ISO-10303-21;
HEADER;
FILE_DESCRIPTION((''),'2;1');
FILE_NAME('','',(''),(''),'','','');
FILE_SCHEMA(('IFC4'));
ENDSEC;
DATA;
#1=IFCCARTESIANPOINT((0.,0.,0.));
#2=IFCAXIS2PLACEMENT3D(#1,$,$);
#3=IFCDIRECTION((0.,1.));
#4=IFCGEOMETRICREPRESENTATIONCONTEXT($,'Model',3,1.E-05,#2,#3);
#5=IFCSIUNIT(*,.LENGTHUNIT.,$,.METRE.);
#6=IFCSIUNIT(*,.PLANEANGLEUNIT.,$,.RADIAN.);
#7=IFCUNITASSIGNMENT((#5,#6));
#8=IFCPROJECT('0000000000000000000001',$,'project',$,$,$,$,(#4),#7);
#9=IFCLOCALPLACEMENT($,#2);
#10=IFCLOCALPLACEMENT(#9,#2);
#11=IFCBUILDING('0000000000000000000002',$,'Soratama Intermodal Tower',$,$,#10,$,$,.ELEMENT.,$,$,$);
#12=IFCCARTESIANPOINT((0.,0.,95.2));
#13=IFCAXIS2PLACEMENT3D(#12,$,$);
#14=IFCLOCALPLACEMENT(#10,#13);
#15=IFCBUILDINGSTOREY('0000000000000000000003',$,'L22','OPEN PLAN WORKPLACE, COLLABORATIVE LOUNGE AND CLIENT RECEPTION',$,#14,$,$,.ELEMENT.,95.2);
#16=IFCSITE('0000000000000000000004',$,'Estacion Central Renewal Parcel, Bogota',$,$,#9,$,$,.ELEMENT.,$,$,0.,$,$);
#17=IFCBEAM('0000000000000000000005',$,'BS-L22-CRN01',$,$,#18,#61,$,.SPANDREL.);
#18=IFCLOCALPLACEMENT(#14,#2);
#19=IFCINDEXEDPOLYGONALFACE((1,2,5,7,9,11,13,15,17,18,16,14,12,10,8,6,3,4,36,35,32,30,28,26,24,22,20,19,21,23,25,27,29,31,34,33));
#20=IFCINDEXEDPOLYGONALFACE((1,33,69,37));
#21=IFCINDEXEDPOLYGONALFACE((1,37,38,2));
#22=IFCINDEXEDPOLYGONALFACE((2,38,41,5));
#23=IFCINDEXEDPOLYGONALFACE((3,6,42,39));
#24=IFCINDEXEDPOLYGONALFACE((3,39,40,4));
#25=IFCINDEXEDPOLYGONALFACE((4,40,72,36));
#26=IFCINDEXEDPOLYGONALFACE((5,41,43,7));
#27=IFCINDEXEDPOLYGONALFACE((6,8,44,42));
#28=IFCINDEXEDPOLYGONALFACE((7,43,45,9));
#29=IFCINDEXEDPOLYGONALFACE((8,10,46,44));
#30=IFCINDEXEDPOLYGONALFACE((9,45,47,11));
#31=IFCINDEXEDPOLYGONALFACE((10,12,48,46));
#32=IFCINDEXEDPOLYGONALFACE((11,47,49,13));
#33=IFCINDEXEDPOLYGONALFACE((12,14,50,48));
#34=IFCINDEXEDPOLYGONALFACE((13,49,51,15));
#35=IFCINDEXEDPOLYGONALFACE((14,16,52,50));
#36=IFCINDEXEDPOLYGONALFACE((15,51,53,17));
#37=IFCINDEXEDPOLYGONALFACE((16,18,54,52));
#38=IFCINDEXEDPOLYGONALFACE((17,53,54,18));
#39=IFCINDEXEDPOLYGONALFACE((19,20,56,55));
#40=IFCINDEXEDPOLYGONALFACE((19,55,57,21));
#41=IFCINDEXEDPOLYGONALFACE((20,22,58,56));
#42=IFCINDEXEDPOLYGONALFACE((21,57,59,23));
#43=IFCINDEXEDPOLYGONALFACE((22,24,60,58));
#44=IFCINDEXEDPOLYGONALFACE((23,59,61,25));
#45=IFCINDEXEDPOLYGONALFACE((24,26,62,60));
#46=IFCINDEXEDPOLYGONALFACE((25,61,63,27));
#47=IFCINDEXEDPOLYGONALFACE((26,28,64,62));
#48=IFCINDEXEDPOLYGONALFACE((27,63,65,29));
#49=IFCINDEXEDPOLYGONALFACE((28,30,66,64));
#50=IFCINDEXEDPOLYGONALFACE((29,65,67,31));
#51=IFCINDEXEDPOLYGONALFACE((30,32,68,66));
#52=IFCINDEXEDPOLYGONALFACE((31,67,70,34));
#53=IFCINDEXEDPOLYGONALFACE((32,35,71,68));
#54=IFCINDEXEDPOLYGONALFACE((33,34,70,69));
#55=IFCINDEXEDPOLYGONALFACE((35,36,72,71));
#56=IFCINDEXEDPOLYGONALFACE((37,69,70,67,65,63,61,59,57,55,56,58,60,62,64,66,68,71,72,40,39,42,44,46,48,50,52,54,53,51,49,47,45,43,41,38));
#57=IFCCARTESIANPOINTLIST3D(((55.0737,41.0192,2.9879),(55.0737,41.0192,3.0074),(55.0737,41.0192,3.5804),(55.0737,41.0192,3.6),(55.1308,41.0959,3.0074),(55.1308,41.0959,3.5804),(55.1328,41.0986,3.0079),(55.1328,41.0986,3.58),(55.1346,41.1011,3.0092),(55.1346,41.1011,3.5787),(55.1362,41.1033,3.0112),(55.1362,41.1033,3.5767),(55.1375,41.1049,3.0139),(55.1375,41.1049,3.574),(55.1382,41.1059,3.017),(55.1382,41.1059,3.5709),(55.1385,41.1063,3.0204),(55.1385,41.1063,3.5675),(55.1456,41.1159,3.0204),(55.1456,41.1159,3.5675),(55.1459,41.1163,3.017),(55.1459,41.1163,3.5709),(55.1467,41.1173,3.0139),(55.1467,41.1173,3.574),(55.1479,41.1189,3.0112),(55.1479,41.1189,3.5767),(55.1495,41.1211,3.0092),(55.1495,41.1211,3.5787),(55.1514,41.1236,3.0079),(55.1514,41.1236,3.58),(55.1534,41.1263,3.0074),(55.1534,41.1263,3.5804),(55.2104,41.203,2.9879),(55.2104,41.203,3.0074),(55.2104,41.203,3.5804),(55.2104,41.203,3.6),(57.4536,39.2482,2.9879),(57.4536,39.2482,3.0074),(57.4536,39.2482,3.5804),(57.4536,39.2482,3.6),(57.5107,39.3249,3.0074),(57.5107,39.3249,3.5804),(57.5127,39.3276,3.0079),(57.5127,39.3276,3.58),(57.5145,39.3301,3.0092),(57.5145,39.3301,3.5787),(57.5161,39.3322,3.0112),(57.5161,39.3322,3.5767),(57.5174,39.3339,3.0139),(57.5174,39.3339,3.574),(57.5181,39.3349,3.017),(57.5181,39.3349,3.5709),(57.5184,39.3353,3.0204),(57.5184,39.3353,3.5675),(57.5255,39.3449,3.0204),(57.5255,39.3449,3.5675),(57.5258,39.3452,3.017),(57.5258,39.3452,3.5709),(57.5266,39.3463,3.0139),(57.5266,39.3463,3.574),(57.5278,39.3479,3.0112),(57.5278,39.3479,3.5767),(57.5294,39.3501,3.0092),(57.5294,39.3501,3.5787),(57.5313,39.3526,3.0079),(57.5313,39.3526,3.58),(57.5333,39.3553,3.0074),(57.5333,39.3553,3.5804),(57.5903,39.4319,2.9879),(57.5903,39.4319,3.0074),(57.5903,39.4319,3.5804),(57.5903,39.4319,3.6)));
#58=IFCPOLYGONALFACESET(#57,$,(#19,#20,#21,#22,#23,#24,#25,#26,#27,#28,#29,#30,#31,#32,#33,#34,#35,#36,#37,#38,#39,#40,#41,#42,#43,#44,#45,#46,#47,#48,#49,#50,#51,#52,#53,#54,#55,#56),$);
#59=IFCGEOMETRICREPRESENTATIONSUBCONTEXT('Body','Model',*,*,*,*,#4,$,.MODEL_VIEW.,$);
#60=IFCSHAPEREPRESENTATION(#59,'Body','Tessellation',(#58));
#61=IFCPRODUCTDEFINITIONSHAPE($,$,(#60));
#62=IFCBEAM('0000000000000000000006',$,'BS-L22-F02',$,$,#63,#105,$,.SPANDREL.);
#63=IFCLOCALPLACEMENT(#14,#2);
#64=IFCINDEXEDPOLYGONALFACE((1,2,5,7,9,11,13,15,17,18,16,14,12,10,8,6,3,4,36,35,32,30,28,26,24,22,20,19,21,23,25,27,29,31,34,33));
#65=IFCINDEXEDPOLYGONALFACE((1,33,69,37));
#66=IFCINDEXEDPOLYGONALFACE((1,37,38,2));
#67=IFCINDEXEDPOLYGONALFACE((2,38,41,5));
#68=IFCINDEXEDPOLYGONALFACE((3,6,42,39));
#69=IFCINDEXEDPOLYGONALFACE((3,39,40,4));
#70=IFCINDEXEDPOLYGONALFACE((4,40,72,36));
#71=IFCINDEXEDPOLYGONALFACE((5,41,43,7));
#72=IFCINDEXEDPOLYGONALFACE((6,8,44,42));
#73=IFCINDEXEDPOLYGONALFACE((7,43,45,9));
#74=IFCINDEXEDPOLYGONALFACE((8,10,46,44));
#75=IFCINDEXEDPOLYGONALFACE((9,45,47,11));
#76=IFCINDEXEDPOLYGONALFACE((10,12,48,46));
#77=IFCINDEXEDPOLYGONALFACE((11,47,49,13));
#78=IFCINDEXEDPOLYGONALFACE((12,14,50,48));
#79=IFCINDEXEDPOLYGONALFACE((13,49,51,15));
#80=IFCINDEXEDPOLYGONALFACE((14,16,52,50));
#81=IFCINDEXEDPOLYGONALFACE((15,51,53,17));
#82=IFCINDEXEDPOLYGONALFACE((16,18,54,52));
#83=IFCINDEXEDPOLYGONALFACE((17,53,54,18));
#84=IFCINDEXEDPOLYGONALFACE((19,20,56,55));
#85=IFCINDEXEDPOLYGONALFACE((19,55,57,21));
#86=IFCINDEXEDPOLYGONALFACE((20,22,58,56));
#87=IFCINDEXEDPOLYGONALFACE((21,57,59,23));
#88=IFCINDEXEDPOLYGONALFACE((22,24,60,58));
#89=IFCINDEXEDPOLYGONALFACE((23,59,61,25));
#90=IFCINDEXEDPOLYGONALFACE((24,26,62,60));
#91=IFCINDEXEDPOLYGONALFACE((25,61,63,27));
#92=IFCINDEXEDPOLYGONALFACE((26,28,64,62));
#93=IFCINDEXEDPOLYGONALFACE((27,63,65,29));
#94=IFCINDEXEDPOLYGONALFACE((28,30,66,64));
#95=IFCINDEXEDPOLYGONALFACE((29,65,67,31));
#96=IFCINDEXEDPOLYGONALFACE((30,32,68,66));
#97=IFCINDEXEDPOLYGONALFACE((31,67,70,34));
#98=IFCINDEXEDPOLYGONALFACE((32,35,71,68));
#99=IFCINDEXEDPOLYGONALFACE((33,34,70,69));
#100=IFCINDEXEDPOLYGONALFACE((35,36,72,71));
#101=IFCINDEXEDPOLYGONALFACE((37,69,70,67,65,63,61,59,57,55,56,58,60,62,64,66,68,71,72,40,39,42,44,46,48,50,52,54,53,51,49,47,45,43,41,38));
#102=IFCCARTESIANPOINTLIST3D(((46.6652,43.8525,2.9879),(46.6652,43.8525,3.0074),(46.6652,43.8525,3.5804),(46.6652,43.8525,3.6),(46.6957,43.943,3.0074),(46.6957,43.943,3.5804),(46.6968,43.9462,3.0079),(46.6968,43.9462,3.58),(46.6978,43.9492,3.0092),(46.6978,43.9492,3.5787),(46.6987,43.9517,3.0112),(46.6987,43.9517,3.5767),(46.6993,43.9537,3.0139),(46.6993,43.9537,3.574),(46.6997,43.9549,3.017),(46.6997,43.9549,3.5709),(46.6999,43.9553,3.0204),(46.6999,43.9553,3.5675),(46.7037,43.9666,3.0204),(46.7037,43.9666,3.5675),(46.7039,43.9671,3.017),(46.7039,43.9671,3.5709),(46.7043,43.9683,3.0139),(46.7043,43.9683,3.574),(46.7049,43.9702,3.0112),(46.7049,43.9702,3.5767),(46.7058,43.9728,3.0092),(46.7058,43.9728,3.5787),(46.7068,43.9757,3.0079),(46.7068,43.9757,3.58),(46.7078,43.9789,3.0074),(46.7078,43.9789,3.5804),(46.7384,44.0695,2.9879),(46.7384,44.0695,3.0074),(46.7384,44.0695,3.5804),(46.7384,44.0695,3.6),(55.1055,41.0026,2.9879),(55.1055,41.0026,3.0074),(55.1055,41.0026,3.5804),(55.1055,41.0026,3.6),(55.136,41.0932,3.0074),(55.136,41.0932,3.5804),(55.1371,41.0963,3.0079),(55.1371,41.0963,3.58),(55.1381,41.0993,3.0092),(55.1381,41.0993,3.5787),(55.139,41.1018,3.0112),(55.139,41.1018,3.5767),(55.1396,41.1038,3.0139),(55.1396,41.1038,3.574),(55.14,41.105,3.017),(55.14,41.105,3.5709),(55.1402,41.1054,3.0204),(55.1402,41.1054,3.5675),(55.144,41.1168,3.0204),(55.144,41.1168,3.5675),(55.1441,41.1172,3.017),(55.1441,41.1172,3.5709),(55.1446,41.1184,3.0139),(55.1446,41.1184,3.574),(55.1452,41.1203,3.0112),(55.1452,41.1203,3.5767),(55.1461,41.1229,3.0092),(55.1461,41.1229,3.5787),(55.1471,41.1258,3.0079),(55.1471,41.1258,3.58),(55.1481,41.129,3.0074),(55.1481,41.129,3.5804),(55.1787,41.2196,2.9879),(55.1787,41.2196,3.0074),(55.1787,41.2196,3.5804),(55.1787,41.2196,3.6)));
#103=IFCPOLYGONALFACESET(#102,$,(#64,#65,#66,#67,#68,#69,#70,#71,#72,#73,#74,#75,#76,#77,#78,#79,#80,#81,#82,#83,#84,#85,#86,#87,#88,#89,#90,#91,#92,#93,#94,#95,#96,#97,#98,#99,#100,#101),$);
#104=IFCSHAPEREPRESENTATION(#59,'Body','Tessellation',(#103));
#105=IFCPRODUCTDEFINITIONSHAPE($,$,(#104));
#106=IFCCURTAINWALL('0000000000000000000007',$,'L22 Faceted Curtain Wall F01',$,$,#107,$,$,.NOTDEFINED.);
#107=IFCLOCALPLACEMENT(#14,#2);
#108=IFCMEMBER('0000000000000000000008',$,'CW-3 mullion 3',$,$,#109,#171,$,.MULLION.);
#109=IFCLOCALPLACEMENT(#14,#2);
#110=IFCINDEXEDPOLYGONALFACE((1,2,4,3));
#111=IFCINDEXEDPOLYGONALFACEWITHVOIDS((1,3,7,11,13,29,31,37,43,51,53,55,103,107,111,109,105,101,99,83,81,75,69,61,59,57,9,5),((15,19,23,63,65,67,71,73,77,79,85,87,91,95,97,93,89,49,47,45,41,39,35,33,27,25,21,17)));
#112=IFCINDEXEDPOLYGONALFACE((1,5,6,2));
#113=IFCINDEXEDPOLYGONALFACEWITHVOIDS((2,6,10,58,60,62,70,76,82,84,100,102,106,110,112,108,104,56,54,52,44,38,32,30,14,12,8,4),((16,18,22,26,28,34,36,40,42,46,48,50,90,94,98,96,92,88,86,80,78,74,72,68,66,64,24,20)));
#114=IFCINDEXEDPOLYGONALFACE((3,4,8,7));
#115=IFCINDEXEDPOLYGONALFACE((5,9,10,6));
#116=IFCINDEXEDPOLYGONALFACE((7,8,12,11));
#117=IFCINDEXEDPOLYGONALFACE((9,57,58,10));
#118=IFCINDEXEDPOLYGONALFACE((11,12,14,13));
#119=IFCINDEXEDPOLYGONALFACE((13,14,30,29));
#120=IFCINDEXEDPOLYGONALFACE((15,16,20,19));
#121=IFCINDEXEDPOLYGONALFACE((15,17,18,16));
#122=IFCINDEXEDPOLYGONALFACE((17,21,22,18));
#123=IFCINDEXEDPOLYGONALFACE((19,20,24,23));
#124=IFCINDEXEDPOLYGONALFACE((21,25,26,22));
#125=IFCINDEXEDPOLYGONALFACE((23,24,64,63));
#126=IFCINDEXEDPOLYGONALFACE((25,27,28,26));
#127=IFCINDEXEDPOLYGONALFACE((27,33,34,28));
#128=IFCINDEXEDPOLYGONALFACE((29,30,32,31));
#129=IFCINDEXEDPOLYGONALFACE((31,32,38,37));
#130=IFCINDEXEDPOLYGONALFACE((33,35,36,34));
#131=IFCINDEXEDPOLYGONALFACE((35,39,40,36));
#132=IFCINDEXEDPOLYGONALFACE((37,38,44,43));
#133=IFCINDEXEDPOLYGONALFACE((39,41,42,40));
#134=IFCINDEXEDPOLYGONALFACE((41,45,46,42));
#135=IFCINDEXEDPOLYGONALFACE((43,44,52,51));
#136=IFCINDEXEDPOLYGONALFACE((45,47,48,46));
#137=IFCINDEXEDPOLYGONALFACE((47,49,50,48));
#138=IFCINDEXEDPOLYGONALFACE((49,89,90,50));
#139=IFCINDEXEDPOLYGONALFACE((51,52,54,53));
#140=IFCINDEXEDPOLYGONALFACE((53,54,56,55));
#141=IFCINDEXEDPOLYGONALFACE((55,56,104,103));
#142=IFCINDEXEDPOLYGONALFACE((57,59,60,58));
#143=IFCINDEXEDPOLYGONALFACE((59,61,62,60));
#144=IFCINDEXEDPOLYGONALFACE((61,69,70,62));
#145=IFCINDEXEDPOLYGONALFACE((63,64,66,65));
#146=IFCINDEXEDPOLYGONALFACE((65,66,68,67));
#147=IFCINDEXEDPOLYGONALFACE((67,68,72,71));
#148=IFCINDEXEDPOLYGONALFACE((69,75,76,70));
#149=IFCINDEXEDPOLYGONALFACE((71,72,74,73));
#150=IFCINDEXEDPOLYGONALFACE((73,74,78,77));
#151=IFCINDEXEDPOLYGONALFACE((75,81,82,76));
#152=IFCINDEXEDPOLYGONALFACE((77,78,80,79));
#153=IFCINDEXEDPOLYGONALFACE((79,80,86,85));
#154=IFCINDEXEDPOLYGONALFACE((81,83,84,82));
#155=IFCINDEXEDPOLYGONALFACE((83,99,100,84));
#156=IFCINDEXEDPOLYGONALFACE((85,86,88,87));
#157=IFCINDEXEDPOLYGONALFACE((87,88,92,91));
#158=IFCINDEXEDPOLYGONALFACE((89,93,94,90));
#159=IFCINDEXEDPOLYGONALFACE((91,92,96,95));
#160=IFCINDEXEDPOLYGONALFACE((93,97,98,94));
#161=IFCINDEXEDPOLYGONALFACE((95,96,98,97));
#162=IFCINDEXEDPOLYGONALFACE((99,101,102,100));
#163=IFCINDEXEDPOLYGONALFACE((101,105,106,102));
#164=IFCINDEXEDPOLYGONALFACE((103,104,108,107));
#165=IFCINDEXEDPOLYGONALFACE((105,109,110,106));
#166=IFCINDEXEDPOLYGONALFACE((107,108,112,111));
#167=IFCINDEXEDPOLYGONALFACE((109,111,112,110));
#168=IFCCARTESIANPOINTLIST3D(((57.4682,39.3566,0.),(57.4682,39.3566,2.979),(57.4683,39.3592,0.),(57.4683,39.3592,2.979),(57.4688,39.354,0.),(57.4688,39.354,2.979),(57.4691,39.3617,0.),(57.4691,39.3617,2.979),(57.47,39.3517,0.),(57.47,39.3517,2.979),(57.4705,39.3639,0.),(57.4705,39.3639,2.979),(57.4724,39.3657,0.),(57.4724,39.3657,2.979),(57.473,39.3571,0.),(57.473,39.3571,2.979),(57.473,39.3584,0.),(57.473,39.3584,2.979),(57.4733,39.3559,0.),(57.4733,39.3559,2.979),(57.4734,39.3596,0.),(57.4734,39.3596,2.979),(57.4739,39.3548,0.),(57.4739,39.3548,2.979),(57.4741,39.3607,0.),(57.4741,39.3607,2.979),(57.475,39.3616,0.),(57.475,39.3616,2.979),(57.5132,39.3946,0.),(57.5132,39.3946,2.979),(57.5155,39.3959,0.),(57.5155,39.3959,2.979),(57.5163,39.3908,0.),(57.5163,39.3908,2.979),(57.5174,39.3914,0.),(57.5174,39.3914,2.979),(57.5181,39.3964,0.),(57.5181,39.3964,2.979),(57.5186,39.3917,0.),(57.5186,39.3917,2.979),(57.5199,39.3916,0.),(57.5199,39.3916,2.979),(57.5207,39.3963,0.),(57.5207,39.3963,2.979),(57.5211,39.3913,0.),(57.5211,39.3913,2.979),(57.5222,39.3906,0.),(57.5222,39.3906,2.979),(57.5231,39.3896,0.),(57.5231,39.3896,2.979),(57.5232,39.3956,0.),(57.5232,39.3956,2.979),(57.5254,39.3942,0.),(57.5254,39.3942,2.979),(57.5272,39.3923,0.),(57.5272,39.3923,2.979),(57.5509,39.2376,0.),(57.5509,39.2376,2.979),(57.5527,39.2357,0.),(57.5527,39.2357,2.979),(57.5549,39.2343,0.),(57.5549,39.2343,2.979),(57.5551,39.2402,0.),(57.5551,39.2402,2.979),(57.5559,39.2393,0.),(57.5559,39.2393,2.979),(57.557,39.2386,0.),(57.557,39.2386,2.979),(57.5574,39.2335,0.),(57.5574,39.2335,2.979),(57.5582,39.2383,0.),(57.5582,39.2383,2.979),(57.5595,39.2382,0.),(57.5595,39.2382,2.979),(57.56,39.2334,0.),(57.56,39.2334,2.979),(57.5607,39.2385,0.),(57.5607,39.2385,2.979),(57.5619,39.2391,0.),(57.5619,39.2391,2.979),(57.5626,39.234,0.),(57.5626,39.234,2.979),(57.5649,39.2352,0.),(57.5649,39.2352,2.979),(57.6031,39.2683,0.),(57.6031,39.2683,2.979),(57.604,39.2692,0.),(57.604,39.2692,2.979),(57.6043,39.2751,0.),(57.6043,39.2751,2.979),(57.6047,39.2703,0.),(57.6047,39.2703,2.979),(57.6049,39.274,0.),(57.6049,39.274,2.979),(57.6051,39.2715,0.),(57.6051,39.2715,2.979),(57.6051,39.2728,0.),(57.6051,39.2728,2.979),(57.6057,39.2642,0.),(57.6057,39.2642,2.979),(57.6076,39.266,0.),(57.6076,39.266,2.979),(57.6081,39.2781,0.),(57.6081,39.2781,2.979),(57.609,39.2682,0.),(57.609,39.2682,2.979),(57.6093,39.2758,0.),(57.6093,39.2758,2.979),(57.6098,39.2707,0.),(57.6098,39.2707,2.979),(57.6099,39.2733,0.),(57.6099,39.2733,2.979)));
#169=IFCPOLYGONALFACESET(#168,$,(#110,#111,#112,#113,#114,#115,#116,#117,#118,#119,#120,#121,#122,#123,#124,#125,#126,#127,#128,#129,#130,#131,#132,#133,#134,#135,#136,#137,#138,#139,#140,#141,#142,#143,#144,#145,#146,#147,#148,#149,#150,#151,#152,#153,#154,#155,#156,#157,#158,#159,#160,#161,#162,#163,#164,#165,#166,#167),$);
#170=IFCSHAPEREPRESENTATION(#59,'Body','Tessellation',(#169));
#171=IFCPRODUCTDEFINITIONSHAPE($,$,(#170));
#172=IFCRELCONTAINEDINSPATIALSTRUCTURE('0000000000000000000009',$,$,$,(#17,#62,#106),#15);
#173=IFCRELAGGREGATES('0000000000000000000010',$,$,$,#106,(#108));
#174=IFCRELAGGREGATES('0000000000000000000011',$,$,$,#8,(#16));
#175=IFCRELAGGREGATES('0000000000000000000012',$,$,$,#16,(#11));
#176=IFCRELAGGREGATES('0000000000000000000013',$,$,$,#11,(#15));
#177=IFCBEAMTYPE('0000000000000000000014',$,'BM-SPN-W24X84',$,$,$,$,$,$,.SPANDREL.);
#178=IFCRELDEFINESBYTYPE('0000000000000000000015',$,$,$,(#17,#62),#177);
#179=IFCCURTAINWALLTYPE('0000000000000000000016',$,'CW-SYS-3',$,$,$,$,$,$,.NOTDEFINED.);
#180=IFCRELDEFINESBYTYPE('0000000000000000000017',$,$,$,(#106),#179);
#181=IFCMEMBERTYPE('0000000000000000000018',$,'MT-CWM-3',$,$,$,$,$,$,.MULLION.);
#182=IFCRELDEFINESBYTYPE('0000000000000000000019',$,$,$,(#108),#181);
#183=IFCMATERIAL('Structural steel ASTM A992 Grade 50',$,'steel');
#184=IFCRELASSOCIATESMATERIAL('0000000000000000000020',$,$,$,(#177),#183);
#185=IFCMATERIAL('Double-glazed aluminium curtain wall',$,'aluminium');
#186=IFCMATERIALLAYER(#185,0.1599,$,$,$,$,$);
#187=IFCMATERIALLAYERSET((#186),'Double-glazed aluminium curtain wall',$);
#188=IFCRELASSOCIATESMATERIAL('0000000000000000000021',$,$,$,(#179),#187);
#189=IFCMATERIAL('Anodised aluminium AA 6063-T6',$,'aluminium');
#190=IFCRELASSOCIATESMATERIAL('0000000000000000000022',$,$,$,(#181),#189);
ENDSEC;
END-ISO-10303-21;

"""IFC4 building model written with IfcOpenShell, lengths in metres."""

from ifc_helpers import new_model, si_unit, direction, frame, origin, origin_2d, place, context, subcontext, project, spatial, hollow_rectangle, i_section, extrude, material, layer, layer_set, material_profile, profile_set, type_object, element, aggregate, save


model = new_model("IFC4")

# Units and contexts
model_context = context("Model", 3, precision=1e-05, world=origin(), true_north=direction((0.0, 1.0)))
body_context = subcontext(model_context, "Body", "Model", "MODEL_VIEW")
ifc_project = project(units=[si_unit("LENGTHUNIT", "METRE"), si_unit("PLANEANGLEUNIT", "RADIAN")], contexts=[model_context])

# Site, building, storey
site_placement = place(None, origin())
site = spatial("IfcSite", under=ifc_project, at=site_placement, Name="Estacion Central Renewal Parcel, Bogota", CompositionType="ELEMENT", RefElevation=0.0)
building_placement = place(site_placement, origin())
building = spatial("IfcBuilding", under=site, at=building_placement, Name="Soratama Intermodal Tower", CompositionType="ELEMENT")
storey_placement = place(building_placement, frame((0.0, 0.0, 95.2)))
storey = spatial("IfcBuildingStorey", under=building, at=storey_placement, Name="L22", Description="OPEN PLAN WORKPLACE, COLLABORATIVE LOUNGE AND CLIENT RECEPTION", CompositionType="ELEMENT", Elevation=95.2)

# Beams
ifc_material_1 = material(Name="Structural steel ASTM A992 Grade 50", Category="steel")
ifc_material_profile_1 = material_profile(ifc_material_1, i_section(OverallWidth=0.229, OverallDepth=0.6121, WebThickness=0.012, FlangeThickness=0.0195, FilletRadius=0.0129, at=origin_2d()), Name="W24X84")
ifc_profile_set_1 = profile_set([ifc_material_profile_1], Name="Structural steel ASTM A992 Grade 50")
beam_type_1 = type_object("IfcBeamType", Name="BM-SPN-W24X84", PredefinedType="SPANDREL", material=ifc_profile_set_1)
beam_1_placement = place(storey_placement, frame((57.522, 39.3401, 3.2939), z_axis=(-0.802246, 0.596994, 0.0), x_axis=(-0.596994, -0.802246, 0.0)))
element("IfcBeam", 1, at=beam_1_placement, inside=storey, type_object=beam_type_1, Name="BS-L22-CRN01", PredefinedType="SPANDREL", context=body_context, shape_type="SweptSolid", body=[
    extrude(i_section(OverallWidth=0.229, OverallDepth=0.6121, WebThickness=0.012, FlangeThickness=0.0195, FilletRadius=0.0129, at=origin_2d()), origin(), (0.0, 0.0, 1.0), 2.9666),
])
beam_2_placement = place(storey_placement, frame((55.1421, 41.1111, 3.2939), z_axis=(-0.947448, 0.319909, 0.0), x_axis=(-0.319909, -0.947448, 0.0)))
element("IfcBeam", 2, at=beam_2_placement, inside=storey, type_object=beam_type_1, Name="BS-L22-F02", PredefinedType="SPANDREL", context=body_context, shape_type="SweptSolid", body=[
    extrude(i_section(OverallWidth=0.229, OverallDepth=0.6121, WebThickness=0.012, FlangeThickness=0.0195, FilletRadius=0.0129, at=origin_2d()), origin(), (0.0, 0.0, 1.0), 8.9084),
])

# Curtain wall, member
ifc_material_2 = material(Name="Double-glazed aluminium curtain wall", Category="aluminium")
ifc_layer_1 = layer(ifc_material_2, 0.1599)
ifc_layer_set_1 = layer_set([ifc_layer_1], Name="Double-glazed aluminium curtain wall")
curtain_wall_type = type_object("IfcCurtainWallType", Name="CW-SYS-3", PredefinedType="NOTDEFINED", material=ifc_layer_set_1)
curtain_wall_1_placement = place(storey_placement, origin())
curtain_wall_1 = element("IfcCurtainWall", 3, at=curtain_wall_1_placement, inside=storey, type_object=curtain_wall_type, Name="L22 Faceted Curtain Wall F01", PredefinedType="NOTDEFINED")
ifc_material_3 = material(Name="Anodised aluminium AA 6063-T6", Category="aluminium")
ifc_material_profile_2 = material_profile(ifc_material_3, hollow_rectangle(XDim=0.0701, YDim=0.1599, WallThickness=0.0049, InnerFilletRadius=0.0049, OuterFilletRadius=0.01, at=origin_2d()), Name="CWM160X70X5")
ifc_profile_set_2 = profile_set([ifc_material_profile_2], Name="Anodised aluminium AA 6063-T6")
member_type_1 = type_object("IfcMemberType", Name="MT-CWM-3", PredefinedType="MULLION", material=ifc_profile_set_2)
member_1_placement = place(storey_placement, frame((57.5391, 39.3149, 0.0), z_axis=(0.0, 0.0, 1.0), x_axis=(-0.815736, -0.578424, 0.0)))
member_1 = element("IfcMember", 4, at=member_1_placement, type_object=member_type_1, Name="CW-3 mullion 3", PredefinedType="MULLION", context=body_context, shape_type="SweptSolid", body=[
    extrude(hollow_rectangle(XDim=0.0701, YDim=0.1599, WallThickness=0.0049, InnerFilletRadius=0.0049, OuterFilletRadius=0.01, at=origin_2d()), origin(), (0.0, 0.0, 1.0), 2.979),
])
aggregate(curtain_wall_1, [member_1])

save(model, "model.ifc")
